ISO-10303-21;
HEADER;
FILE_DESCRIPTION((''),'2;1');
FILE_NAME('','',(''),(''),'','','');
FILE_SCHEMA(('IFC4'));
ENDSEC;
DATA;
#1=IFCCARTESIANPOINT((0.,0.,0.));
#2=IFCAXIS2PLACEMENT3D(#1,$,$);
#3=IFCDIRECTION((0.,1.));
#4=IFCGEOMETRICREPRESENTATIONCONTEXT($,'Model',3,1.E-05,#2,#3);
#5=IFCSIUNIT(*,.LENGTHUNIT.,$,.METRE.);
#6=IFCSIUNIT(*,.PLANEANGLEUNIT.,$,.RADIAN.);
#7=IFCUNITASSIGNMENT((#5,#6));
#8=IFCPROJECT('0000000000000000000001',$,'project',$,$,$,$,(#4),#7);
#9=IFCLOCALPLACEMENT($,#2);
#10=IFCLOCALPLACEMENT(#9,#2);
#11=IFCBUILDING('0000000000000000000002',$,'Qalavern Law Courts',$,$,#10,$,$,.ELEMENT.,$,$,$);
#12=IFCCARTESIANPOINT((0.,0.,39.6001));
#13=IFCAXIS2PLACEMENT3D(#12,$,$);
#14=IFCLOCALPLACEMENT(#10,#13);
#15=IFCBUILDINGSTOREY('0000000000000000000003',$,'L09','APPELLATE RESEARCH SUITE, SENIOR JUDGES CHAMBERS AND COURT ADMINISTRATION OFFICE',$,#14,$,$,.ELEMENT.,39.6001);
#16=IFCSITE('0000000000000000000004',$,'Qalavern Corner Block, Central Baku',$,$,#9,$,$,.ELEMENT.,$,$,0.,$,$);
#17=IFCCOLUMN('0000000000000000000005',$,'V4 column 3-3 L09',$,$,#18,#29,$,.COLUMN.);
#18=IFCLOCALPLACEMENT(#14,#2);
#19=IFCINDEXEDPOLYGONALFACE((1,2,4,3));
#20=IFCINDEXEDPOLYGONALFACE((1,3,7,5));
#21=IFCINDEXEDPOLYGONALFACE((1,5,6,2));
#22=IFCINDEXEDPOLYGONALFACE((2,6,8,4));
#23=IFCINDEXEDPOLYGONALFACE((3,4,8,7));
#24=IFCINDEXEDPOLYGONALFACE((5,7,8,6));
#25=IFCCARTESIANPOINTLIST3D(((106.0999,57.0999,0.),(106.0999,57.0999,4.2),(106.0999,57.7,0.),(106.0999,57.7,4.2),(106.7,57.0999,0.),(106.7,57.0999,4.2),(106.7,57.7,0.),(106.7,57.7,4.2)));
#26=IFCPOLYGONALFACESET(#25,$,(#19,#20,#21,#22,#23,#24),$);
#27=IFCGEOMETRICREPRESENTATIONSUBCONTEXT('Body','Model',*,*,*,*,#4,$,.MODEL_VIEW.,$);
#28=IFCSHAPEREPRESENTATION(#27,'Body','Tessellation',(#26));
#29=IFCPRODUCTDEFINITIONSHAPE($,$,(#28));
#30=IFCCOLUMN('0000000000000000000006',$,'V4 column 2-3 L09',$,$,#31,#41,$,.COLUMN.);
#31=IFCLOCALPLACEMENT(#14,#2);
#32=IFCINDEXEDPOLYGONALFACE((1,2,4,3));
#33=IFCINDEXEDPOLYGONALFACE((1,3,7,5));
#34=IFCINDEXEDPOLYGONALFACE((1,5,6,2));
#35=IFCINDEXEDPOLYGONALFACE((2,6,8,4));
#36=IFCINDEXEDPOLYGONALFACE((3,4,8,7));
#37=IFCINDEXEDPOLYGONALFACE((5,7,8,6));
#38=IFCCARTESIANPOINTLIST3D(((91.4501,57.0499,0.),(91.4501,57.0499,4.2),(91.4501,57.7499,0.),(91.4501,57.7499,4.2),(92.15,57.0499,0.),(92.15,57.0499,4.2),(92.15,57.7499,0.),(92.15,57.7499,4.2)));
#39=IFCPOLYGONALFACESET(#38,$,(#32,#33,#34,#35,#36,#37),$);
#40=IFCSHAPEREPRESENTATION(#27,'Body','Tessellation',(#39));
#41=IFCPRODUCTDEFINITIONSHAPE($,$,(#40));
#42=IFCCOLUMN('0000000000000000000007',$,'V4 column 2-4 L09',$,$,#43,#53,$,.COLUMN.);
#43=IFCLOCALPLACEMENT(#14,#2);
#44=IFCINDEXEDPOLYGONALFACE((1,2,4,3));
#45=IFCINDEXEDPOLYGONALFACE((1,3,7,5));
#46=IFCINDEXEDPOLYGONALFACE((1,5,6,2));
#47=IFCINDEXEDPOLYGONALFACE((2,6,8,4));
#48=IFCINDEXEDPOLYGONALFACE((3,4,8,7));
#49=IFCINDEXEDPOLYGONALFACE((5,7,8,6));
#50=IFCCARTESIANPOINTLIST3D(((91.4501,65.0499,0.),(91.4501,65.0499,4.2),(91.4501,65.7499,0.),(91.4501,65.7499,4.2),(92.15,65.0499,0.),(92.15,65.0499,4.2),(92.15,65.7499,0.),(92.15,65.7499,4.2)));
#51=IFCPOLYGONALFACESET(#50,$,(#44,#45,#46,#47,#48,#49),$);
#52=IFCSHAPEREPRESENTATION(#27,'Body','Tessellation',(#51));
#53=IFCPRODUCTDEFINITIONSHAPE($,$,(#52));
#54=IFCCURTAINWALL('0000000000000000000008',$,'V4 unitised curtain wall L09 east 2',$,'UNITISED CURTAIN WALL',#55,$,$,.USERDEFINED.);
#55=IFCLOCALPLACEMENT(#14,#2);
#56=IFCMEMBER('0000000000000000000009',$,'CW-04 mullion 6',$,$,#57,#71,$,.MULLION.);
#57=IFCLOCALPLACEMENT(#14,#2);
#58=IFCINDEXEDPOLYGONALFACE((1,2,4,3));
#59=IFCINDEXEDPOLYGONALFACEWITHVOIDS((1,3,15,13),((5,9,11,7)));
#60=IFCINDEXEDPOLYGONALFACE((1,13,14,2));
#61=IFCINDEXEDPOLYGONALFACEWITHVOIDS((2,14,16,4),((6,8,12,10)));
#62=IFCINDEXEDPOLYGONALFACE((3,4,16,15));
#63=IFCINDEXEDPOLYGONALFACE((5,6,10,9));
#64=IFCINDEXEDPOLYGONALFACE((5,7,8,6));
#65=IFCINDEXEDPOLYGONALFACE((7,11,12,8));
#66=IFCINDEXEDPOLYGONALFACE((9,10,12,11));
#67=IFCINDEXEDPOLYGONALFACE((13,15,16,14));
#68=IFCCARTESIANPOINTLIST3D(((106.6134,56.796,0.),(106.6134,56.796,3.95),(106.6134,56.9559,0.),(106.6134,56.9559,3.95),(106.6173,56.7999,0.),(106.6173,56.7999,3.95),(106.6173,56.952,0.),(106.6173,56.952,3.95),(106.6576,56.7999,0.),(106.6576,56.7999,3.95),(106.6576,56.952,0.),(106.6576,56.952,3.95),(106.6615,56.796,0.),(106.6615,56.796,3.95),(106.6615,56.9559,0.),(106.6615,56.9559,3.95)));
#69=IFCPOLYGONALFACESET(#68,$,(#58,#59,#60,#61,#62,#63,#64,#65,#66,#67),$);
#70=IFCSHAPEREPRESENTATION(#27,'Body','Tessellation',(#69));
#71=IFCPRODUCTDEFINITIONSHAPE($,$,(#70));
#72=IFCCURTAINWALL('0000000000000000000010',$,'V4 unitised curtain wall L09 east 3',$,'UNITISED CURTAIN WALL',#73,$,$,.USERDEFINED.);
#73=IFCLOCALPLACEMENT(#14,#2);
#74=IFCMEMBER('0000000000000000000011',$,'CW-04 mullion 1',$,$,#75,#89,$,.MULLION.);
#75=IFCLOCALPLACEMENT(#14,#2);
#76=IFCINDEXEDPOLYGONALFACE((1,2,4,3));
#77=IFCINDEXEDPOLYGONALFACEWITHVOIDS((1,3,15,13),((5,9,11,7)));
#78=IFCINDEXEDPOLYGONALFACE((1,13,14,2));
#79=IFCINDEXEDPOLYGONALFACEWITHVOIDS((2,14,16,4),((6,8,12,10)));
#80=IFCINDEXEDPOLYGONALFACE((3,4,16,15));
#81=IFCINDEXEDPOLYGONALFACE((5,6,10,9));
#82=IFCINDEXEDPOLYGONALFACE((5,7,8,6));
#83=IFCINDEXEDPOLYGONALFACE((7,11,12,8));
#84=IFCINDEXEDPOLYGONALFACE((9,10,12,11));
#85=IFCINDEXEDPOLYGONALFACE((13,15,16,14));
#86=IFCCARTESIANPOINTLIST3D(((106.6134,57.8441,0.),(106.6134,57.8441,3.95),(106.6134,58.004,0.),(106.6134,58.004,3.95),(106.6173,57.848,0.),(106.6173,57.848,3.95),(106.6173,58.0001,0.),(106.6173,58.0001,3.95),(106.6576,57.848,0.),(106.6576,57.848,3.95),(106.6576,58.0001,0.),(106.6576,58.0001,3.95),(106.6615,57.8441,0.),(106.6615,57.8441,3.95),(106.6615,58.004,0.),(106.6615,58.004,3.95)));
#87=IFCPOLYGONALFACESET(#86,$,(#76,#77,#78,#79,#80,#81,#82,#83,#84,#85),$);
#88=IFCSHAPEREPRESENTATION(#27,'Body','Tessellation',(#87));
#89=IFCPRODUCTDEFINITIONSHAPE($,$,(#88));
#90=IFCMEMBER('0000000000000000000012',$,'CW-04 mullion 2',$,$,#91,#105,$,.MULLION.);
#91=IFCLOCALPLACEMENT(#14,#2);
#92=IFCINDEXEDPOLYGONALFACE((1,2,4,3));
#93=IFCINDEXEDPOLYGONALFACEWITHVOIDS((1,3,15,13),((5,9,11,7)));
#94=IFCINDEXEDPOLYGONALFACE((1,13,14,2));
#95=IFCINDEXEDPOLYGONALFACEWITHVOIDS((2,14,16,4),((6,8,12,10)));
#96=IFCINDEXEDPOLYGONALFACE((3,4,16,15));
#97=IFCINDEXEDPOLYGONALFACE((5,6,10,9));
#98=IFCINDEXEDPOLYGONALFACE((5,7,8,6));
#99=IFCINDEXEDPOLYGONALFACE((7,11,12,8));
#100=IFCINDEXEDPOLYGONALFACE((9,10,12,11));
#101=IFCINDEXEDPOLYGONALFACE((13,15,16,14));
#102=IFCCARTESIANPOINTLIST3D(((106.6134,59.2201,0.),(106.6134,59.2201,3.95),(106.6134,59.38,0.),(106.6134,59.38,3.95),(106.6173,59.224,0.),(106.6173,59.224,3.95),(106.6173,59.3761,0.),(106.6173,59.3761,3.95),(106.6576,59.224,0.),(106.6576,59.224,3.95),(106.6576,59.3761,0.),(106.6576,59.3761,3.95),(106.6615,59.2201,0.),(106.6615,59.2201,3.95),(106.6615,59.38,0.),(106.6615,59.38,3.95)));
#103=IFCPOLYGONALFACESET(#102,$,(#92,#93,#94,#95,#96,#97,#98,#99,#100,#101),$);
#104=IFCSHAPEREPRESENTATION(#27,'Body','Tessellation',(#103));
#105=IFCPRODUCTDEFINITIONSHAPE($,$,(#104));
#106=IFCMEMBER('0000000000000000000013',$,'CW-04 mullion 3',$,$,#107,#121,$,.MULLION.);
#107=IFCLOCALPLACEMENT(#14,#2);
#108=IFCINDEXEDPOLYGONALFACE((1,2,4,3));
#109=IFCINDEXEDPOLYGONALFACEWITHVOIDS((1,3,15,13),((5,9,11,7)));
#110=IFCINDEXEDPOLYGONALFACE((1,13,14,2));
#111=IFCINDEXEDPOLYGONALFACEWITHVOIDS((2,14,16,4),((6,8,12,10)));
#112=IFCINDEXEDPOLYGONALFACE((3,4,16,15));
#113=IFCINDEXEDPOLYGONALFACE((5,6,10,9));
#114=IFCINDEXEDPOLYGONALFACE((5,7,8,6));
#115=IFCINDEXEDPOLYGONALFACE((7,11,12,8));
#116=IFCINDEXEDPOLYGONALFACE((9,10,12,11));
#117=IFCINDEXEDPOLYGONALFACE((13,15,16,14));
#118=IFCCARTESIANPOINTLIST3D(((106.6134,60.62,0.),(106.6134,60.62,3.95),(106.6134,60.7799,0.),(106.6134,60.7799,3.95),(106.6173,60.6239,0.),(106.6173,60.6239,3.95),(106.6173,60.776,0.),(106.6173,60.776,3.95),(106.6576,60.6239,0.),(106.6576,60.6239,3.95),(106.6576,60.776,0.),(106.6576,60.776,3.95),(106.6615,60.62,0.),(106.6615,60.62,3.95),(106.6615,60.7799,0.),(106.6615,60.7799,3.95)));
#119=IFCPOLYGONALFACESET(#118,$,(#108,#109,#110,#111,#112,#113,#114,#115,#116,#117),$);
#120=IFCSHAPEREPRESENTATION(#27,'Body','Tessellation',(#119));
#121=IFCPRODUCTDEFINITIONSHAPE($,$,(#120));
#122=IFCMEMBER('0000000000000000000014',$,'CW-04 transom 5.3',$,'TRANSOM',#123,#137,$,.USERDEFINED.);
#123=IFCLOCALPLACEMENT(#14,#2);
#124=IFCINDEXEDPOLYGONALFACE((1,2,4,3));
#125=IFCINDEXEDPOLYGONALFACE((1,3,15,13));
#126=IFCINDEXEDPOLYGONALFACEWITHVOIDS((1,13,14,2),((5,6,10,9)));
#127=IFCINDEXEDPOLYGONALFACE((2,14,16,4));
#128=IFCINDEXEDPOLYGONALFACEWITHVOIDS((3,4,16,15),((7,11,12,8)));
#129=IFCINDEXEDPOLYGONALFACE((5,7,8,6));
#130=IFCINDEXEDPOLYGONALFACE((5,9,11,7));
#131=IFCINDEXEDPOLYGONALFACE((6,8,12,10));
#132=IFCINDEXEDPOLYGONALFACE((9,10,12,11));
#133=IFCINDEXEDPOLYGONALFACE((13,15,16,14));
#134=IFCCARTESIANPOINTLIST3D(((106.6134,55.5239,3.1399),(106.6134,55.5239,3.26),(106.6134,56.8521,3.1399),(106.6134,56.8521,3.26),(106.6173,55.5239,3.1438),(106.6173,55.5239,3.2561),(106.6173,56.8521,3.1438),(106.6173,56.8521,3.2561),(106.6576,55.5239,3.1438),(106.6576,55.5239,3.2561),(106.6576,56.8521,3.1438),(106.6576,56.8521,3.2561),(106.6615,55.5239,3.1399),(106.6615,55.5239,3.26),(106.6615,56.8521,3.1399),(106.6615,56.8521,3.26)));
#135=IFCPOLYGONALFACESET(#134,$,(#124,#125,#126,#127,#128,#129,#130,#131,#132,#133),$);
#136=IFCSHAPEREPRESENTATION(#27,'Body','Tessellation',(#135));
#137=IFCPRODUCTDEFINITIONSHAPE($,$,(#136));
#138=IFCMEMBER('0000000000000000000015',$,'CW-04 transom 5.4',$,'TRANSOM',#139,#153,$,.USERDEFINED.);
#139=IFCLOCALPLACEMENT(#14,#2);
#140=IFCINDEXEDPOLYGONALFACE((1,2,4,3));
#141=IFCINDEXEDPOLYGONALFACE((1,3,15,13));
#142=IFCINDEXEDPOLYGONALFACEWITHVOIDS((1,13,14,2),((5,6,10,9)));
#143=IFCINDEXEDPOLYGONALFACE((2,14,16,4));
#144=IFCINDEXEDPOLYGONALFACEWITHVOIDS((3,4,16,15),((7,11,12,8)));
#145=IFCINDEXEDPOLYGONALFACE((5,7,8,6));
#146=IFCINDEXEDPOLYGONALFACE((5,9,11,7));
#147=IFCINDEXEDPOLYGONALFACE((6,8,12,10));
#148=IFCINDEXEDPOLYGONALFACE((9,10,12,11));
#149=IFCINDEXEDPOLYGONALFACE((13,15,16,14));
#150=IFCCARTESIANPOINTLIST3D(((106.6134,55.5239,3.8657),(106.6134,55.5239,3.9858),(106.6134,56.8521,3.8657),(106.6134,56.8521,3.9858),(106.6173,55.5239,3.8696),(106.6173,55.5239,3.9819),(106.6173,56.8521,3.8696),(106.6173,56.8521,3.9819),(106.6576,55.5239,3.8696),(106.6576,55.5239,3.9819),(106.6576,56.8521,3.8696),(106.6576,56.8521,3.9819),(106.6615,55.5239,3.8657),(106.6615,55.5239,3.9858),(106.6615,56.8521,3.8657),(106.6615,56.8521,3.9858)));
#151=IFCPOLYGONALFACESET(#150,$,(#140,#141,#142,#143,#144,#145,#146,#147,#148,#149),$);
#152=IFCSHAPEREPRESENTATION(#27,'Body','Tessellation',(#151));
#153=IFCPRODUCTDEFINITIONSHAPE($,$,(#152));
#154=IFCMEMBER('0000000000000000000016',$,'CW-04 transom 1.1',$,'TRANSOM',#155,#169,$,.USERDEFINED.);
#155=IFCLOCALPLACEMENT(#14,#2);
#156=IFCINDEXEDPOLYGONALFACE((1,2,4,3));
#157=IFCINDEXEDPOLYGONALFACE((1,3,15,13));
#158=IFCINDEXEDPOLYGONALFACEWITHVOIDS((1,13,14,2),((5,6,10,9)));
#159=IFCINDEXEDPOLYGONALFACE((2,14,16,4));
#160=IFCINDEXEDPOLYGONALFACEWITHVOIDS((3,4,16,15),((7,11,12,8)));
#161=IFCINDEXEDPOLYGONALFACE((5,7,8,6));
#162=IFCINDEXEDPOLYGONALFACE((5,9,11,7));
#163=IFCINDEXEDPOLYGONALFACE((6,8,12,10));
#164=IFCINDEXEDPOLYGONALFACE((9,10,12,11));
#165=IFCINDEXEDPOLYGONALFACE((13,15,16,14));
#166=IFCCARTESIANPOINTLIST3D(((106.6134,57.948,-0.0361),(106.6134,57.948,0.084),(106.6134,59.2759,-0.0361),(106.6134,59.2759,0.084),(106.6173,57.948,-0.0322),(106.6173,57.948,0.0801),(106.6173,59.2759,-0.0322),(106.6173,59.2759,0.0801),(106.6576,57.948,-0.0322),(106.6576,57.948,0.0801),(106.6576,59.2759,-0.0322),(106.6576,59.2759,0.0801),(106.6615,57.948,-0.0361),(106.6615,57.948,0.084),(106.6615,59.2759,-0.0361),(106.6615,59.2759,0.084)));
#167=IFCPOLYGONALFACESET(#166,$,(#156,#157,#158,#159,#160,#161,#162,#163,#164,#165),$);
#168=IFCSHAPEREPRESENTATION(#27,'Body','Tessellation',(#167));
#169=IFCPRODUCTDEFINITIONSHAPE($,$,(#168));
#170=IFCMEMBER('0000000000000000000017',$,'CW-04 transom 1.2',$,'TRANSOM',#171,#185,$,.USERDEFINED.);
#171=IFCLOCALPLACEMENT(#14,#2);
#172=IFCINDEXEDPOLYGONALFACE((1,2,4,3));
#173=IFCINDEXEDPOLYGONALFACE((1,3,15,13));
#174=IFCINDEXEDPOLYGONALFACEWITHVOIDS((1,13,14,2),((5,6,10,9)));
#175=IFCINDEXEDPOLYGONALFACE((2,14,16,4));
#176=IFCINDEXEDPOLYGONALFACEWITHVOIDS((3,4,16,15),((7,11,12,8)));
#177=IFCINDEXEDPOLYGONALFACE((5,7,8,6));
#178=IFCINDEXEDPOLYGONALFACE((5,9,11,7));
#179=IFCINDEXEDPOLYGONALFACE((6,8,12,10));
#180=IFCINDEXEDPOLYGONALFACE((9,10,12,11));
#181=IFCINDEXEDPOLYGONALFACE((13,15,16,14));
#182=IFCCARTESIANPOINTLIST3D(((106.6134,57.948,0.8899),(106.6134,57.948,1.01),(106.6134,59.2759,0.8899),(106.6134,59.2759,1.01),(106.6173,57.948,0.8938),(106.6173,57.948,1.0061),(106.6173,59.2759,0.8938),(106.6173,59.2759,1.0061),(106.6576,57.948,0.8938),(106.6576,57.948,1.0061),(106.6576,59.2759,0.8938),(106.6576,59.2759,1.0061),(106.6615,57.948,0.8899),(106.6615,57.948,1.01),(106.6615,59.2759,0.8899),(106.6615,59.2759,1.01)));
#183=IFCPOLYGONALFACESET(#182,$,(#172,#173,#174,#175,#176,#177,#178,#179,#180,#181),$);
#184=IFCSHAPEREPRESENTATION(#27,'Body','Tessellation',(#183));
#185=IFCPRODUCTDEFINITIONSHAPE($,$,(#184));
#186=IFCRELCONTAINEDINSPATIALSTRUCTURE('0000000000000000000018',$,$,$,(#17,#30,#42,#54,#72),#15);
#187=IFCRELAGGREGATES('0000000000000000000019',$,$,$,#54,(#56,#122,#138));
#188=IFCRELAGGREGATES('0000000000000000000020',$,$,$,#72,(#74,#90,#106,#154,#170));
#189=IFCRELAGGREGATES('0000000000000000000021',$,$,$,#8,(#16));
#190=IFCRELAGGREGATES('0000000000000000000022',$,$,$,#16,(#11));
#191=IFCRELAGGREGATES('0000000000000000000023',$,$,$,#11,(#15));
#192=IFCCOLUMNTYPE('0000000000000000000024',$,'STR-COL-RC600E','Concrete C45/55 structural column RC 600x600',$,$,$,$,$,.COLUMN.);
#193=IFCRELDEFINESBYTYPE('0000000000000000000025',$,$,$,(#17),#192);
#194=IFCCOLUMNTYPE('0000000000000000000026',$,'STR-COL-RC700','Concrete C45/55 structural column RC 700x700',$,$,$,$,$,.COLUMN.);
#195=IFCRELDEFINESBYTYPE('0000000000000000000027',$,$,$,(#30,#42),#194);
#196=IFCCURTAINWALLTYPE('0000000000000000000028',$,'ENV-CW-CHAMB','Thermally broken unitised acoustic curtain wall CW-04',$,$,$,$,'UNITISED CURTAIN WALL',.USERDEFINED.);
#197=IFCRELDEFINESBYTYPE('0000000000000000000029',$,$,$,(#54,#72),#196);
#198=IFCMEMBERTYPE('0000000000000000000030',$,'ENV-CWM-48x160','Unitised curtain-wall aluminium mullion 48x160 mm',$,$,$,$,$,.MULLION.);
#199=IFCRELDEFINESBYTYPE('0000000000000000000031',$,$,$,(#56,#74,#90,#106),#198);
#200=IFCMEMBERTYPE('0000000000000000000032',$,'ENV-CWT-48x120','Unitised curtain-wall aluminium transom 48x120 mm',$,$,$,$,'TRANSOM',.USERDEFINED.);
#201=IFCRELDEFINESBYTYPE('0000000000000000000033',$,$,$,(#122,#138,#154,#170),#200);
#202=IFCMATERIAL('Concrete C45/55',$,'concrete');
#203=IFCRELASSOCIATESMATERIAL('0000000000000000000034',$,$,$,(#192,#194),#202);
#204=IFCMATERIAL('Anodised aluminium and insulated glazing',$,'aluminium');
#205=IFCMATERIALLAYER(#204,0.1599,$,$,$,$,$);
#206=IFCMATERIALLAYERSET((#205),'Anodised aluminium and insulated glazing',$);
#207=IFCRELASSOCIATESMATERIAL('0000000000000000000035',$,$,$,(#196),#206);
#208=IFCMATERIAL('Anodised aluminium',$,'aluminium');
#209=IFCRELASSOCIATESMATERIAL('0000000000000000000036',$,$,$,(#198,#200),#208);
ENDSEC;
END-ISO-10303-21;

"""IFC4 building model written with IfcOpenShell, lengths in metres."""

from ifc_helpers import new_model, si_unit, direction, frame, origin, origin_2d, place, context, subcontext, project, spatial, rectangle, hollow_rectangle, extrude, material, layer, layer_set, material_profile, profile_set, type_object, element, aggregate, save


model = new_model("IFC4")

# Units and contexts
model_context = context("Model", 3, precision=1e-05, world=origin(), true_north=direction((0.0, 1.0)))
body_context = subcontext(model_context, "Body", "Model", "MODEL_VIEW")
ifc_project = project(units=[si_unit("LENGTHUNIT", "METRE"), si_unit("PLANEANGLEUNIT", "RADIAN")], contexts=[model_context])

# Site, building, storey
site_placement = place(None, origin())
site = spatial("IfcSite", under=ifc_project, at=site_placement, Name="Qalavern Corner Block, Central Baku", CompositionType="ELEMENT", RefElevation=0.0)
building_placement = place(site_placement, origin())
building = spatial("IfcBuilding", under=site, at=building_placement, Name="Qalavern Law Courts", CompositionType="ELEMENT")
storey_placement = place(building_placement, frame((0.0, 0.0, 39.6001)))
storey = spatial("IfcBuildingStorey", under=building, at=storey_placement, Name="L09", Description="APPELLATE RESEARCH SUITE, SENIOR JUDGES CHAMBERS AND COURT ADMINISTRATION OFFICE", CompositionType="ELEMENT", Elevation=39.6001)

# Columns
ifc_material_1 = material(Name="Concrete C45/55", Category="concrete")
ifc_material_profile_1 = material_profile(ifc_material_1, rectangle(XDim=0.6001, YDim=0.6001, at=origin_2d()), Name="RC 600x600")
ifc_profile_set_1 = profile_set([ifc_material_profile_1], Name="Concrete C45/55")
column_type_1 = type_object("IfcColumnType", Name="STR-COL-RC600E", Description="Concrete C45/55 structural column RC 600x600", PredefinedType="COLUMN", material=ifc_profile_set_1)
column_placement = place(storey_placement, frame((106.3999, 57.3999, 0.0), z_axis=(0.0, 0.0, 1.0), x_axis=(1.0, 0.0, 0.0)))
element("IfcColumn", 1, at=column_placement, inside=storey, type_object=column_type_1, Name="V4 column 3-3 L09", PredefinedType="COLUMN", context=body_context, shape_type="SweptSolid", body=[
    extrude(rectangle(XDim=0.6001, YDim=0.6001, at=origin_2d()), origin(), (0.0, 0.0, 1.0), 4.2),
])
ifc_material_profile_2 = material_profile(ifc_material_1, rectangle(XDim=0.7, YDim=0.7, at=origin_2d()), Name="RC 700x700")
ifc_profile_set_2 = profile_set([ifc_material_profile_2], Name="Concrete C45/55")
column_type_2 = type_object("IfcColumnType", Name="STR-COL-RC700", Description="Concrete C45/55 structural column RC 700x700", PredefinedType="COLUMN", material=ifc_profile_set_2)
for number, where, z_axis, x_axis, name in (
    (2, (91.8, 57.3999, 0.0), (0.0, 0.0, 1.0), (1.0, 0.0, 0.0), "V4 column 2-3 L09"),
    (3, (91.8, 65.3999, 0.0), (0.0, 0.0, 1.0), (1.0, 0.0, 0.0), "V4 column 2-4 L09"),
):
    element("IfcColumn", number, at=place(storey_placement, frame(where, z_axis=z_axis, x_axis=x_axis)), inside=storey, type_object=column_type_2, Name=name, PredefinedType="COLUMN", context=body_context, shape_type="SweptSolid", body=[
        extrude(rectangle(XDim=0.7, YDim=0.7, at=origin_2d()), origin(), (0.0, 0.0, 1.0), 4.2),
    ])

# Curtain wall, member
ifc_material_2 = material(Name="Anodised aluminium and insulated glazing", Category="aluminium")
ifc_layer_1 = layer(ifc_material_2, 0.1599)
ifc_layer_set_1 = layer_set([ifc_layer_1], Name="Anodised aluminium and insulated glazing")
curtain_wall_type = type_object("IfcCurtainWallType", Name="ENV-CW-CHAMB", Description="Thermally broken unitised acoustic curtain wall CW-04", ElementType="UNITISED CURTAIN WALL", PredefinedType="USERDEFINED", material=ifc_layer_set_1)
curtain_wall_1_placement = place(storey_placement, origin())
curtain_wall_1 = element("IfcCurtainWall", 4, at=curtain_wall_1_placement, inside=storey, type_object=curtain_wall_type, Name="V4 unitised curtain wall L09 east 2", ObjectType="UNITISED CURTAIN WALL", PredefinedType="USERDEFINED")
ifc_material_3 = material(Name="Anodised aluminium", Category="aluminium")
ifc_material_profile_3 = material_profile(ifc_material_3, hollow_rectangle(XDim=0.0481, YDim=0.1599, WallThickness=0.0039, at=origin_2d()), Name="ALU MULLION 48x160")
ifc_profile_set_3 = profile_set([ifc_material_profile_3], Name="Anodised aluminium")
member_type_1 = type_object("IfcMemberType", Name="ENV-CWM-48x160", Description="Unitised curtain-wall aluminium mullion 48x160 mm", PredefinedType="MULLION", material=ifc_profile_set_3)
member_1_placement = place(storey_placement, frame((106.6375, 56.876, 0.0), z_axis=(0.0, 0.0, 1.0), x_axis=(-1.0, 0.0, 0.0)))
member_1 = element("IfcMember", 5, at=member_1_placement, type_object=member_type_1, Name="CW-04 mullion 6", PredefinedType="MULLION", context=body_context, shape_type="SweptSolid", body=[
    extrude(hollow_rectangle(XDim=0.0481, YDim=0.1599, WallThickness=0.0039, at=origin_2d()), origin(), (0.0, 0.0, 1.0), 3.95),
])

# Curtain wall, members
curtain_wall_2_placement = place(storey_placement, origin())
curtain_wall_2 = element("IfcCurtainWall", 6, at=curtain_wall_2_placement, inside=storey, type_object=curtain_wall_type, Name="V4 unitised curtain wall L09 east 3", ObjectType="UNITISED CURTAIN WALL", PredefinedType="USERDEFINED")
member_2_placement = place(storey_placement, frame((106.6375, 57.9241, 0.0), z_axis=(0.0, 0.0, 1.0), x_axis=(-1.0, 0.0, 0.0)))
member_2 = element("IfcMember", 7, at=member_2_placement, type_object=member_type_1, Name="CW-04 mullion 1", PredefinedType="MULLION", context=body_context, shape_type="SweptSolid", body=[
    extrude(hollow_rectangle(XDim=0.0481, YDim=0.1599, WallThickness=0.0039, at=origin_2d()), origin(), (0.0, 0.0, 1.0), 3.95),
])
member_3_placement = place(storey_placement, frame((106.6375, 59.3, 0.0), z_axis=(0.0, 0.0, 1.0), x_axis=(-1.0, 0.0, 0.0)))
member_3 = element("IfcMember", 8, at=member_3_placement, type_object=member_type_1, Name="CW-04 mullion 2", PredefinedType="MULLION", context=body_context, shape_type="SweptSolid", body=[
    extrude(hollow_rectangle(XDim=0.0481, YDim=0.1599, WallThickness=0.0039, at=origin_2d()), origin(), (0.0, 0.0, 1.0), 3.95),
])
member_4_placement = place(storey_placement, frame((106.6375, 60.7, 0.0), z_axis=(0.0, 0.0, 1.0), x_axis=(-1.0, 0.0, 0.0)))
member_4 = element("IfcMember", 9, at=member_4_placement, type_object=member_type_1, Name="CW-04 mullion 3", PredefinedType="MULLION", context=body_context, shape_type="SweptSolid", body=[
    extrude(hollow_rectangle(XDim=0.0481, YDim=0.1599, WallThickness=0.0039, at=origin_2d()), origin(), (0.0, 0.0, 1.0), 3.95),
])

# Members
ifc_material_profile_4 = material_profile(ifc_material_3, hollow_rectangle(XDim=0.0481, YDim=0.1201, WallThickness=0.0039, at=origin_2d()), Name="ALU TRANSOM 48x120")
ifc_profile_set_4 = profile_set([ifc_material_profile_4], Name="Anodised aluminium")
member_type_2 = type_object("IfcMemberType", Name="ENV-CWT-48x120", Description="Unitised curtain-wall aluminium transom 48x120 mm", ElementType="TRANSOM", PredefinedType="USERDEFINED", material=ifc_profile_set_4)
member_5_placement = place(storey_placement, frame((106.6375, 55.5239, 3.2), z_axis=(0.0, 1.0, 0.0), x_axis=(-1.0, 0.0, 0.0)))
member_5 = element("IfcMember", 10, at=member_5_placement, type_object=member_type_2, Name="CW-04 transom 5.3", ObjectType="TRANSOM", PredefinedType="USERDEFINED", context=body_context, shape_type="SweptSolid", body=[
    extrude(hollow_rectangle(XDim=0.0481, YDim=0.1201, WallThickness=0.0039, at=origin_2d()), origin(), (0.0, 0.0, 1.0), 1.3281),
])
member_6_placement = place(storey_placement, frame((106.6375, 55.5239, 3.9258), z_axis=(0.0, 1.0, 0.0), x_axis=(-1.0, 0.0, 0.0)))
member_6 = element("IfcMember", 11, at=member_6_placement, type_object=member_type_2, Name="CW-04 transom 5.4", ObjectType="TRANSOM", PredefinedType="USERDEFINED", context=body_context, shape_type="SweptSolid", body=[
    extrude(hollow_rectangle(XDim=0.0481, YDim=0.1201, WallThickness=0.0039, at=origin_2d()), origin(), (0.0, 0.0, 1.0), 1.3281),
])
member_7_placement = place(storey_placement, frame((106.6375, 57.948, 0.0239), z_axis=(0.0, 1.0, 0.0), x_axis=(-1.0, 0.0, 0.0)))
member_7 = element("IfcMember", 12, at=member_7_placement, type_object=member_type_2, Name="CW-04 transom 1.1", ObjectType="TRANSOM", PredefinedType="USERDEFINED", context=body_context, shape_type="SweptSolid", body=[
    extrude(hollow_rectangle(XDim=0.0481, YDim=0.1201, WallThickness=0.0039, at=origin_2d()), origin(), (0.0, 0.0, 1.0), 1.3279),
])
member_8_placement = place(storey_placement, frame((106.6375, 57.948, 0.95), z_axis=(0.0, 1.0, 0.0), x_axis=(-1.0, 0.0, 0.0)))
member_8 = element("IfcMember", 13, at=member_8_placement, type_object=member_type_2, Name="CW-04 transom 1.2", ObjectType="TRANSOM", PredefinedType="USERDEFINED", context=body_context, shape_type="SweptSolid", body=[
    extrude(hollow_rectangle(XDim=0.0481, YDim=0.1201, WallThickness=0.0039, at=origin_2d()), origin(), (0.0, 0.0, 1.0), 1.3279),
])

aggregate(curtain_wall_1, [member_1, member_5, member_6])
aggregate(curtain_wall_2, [member_2, member_3, member_4, member_7, member_8])

save(model, "model.ifc")
